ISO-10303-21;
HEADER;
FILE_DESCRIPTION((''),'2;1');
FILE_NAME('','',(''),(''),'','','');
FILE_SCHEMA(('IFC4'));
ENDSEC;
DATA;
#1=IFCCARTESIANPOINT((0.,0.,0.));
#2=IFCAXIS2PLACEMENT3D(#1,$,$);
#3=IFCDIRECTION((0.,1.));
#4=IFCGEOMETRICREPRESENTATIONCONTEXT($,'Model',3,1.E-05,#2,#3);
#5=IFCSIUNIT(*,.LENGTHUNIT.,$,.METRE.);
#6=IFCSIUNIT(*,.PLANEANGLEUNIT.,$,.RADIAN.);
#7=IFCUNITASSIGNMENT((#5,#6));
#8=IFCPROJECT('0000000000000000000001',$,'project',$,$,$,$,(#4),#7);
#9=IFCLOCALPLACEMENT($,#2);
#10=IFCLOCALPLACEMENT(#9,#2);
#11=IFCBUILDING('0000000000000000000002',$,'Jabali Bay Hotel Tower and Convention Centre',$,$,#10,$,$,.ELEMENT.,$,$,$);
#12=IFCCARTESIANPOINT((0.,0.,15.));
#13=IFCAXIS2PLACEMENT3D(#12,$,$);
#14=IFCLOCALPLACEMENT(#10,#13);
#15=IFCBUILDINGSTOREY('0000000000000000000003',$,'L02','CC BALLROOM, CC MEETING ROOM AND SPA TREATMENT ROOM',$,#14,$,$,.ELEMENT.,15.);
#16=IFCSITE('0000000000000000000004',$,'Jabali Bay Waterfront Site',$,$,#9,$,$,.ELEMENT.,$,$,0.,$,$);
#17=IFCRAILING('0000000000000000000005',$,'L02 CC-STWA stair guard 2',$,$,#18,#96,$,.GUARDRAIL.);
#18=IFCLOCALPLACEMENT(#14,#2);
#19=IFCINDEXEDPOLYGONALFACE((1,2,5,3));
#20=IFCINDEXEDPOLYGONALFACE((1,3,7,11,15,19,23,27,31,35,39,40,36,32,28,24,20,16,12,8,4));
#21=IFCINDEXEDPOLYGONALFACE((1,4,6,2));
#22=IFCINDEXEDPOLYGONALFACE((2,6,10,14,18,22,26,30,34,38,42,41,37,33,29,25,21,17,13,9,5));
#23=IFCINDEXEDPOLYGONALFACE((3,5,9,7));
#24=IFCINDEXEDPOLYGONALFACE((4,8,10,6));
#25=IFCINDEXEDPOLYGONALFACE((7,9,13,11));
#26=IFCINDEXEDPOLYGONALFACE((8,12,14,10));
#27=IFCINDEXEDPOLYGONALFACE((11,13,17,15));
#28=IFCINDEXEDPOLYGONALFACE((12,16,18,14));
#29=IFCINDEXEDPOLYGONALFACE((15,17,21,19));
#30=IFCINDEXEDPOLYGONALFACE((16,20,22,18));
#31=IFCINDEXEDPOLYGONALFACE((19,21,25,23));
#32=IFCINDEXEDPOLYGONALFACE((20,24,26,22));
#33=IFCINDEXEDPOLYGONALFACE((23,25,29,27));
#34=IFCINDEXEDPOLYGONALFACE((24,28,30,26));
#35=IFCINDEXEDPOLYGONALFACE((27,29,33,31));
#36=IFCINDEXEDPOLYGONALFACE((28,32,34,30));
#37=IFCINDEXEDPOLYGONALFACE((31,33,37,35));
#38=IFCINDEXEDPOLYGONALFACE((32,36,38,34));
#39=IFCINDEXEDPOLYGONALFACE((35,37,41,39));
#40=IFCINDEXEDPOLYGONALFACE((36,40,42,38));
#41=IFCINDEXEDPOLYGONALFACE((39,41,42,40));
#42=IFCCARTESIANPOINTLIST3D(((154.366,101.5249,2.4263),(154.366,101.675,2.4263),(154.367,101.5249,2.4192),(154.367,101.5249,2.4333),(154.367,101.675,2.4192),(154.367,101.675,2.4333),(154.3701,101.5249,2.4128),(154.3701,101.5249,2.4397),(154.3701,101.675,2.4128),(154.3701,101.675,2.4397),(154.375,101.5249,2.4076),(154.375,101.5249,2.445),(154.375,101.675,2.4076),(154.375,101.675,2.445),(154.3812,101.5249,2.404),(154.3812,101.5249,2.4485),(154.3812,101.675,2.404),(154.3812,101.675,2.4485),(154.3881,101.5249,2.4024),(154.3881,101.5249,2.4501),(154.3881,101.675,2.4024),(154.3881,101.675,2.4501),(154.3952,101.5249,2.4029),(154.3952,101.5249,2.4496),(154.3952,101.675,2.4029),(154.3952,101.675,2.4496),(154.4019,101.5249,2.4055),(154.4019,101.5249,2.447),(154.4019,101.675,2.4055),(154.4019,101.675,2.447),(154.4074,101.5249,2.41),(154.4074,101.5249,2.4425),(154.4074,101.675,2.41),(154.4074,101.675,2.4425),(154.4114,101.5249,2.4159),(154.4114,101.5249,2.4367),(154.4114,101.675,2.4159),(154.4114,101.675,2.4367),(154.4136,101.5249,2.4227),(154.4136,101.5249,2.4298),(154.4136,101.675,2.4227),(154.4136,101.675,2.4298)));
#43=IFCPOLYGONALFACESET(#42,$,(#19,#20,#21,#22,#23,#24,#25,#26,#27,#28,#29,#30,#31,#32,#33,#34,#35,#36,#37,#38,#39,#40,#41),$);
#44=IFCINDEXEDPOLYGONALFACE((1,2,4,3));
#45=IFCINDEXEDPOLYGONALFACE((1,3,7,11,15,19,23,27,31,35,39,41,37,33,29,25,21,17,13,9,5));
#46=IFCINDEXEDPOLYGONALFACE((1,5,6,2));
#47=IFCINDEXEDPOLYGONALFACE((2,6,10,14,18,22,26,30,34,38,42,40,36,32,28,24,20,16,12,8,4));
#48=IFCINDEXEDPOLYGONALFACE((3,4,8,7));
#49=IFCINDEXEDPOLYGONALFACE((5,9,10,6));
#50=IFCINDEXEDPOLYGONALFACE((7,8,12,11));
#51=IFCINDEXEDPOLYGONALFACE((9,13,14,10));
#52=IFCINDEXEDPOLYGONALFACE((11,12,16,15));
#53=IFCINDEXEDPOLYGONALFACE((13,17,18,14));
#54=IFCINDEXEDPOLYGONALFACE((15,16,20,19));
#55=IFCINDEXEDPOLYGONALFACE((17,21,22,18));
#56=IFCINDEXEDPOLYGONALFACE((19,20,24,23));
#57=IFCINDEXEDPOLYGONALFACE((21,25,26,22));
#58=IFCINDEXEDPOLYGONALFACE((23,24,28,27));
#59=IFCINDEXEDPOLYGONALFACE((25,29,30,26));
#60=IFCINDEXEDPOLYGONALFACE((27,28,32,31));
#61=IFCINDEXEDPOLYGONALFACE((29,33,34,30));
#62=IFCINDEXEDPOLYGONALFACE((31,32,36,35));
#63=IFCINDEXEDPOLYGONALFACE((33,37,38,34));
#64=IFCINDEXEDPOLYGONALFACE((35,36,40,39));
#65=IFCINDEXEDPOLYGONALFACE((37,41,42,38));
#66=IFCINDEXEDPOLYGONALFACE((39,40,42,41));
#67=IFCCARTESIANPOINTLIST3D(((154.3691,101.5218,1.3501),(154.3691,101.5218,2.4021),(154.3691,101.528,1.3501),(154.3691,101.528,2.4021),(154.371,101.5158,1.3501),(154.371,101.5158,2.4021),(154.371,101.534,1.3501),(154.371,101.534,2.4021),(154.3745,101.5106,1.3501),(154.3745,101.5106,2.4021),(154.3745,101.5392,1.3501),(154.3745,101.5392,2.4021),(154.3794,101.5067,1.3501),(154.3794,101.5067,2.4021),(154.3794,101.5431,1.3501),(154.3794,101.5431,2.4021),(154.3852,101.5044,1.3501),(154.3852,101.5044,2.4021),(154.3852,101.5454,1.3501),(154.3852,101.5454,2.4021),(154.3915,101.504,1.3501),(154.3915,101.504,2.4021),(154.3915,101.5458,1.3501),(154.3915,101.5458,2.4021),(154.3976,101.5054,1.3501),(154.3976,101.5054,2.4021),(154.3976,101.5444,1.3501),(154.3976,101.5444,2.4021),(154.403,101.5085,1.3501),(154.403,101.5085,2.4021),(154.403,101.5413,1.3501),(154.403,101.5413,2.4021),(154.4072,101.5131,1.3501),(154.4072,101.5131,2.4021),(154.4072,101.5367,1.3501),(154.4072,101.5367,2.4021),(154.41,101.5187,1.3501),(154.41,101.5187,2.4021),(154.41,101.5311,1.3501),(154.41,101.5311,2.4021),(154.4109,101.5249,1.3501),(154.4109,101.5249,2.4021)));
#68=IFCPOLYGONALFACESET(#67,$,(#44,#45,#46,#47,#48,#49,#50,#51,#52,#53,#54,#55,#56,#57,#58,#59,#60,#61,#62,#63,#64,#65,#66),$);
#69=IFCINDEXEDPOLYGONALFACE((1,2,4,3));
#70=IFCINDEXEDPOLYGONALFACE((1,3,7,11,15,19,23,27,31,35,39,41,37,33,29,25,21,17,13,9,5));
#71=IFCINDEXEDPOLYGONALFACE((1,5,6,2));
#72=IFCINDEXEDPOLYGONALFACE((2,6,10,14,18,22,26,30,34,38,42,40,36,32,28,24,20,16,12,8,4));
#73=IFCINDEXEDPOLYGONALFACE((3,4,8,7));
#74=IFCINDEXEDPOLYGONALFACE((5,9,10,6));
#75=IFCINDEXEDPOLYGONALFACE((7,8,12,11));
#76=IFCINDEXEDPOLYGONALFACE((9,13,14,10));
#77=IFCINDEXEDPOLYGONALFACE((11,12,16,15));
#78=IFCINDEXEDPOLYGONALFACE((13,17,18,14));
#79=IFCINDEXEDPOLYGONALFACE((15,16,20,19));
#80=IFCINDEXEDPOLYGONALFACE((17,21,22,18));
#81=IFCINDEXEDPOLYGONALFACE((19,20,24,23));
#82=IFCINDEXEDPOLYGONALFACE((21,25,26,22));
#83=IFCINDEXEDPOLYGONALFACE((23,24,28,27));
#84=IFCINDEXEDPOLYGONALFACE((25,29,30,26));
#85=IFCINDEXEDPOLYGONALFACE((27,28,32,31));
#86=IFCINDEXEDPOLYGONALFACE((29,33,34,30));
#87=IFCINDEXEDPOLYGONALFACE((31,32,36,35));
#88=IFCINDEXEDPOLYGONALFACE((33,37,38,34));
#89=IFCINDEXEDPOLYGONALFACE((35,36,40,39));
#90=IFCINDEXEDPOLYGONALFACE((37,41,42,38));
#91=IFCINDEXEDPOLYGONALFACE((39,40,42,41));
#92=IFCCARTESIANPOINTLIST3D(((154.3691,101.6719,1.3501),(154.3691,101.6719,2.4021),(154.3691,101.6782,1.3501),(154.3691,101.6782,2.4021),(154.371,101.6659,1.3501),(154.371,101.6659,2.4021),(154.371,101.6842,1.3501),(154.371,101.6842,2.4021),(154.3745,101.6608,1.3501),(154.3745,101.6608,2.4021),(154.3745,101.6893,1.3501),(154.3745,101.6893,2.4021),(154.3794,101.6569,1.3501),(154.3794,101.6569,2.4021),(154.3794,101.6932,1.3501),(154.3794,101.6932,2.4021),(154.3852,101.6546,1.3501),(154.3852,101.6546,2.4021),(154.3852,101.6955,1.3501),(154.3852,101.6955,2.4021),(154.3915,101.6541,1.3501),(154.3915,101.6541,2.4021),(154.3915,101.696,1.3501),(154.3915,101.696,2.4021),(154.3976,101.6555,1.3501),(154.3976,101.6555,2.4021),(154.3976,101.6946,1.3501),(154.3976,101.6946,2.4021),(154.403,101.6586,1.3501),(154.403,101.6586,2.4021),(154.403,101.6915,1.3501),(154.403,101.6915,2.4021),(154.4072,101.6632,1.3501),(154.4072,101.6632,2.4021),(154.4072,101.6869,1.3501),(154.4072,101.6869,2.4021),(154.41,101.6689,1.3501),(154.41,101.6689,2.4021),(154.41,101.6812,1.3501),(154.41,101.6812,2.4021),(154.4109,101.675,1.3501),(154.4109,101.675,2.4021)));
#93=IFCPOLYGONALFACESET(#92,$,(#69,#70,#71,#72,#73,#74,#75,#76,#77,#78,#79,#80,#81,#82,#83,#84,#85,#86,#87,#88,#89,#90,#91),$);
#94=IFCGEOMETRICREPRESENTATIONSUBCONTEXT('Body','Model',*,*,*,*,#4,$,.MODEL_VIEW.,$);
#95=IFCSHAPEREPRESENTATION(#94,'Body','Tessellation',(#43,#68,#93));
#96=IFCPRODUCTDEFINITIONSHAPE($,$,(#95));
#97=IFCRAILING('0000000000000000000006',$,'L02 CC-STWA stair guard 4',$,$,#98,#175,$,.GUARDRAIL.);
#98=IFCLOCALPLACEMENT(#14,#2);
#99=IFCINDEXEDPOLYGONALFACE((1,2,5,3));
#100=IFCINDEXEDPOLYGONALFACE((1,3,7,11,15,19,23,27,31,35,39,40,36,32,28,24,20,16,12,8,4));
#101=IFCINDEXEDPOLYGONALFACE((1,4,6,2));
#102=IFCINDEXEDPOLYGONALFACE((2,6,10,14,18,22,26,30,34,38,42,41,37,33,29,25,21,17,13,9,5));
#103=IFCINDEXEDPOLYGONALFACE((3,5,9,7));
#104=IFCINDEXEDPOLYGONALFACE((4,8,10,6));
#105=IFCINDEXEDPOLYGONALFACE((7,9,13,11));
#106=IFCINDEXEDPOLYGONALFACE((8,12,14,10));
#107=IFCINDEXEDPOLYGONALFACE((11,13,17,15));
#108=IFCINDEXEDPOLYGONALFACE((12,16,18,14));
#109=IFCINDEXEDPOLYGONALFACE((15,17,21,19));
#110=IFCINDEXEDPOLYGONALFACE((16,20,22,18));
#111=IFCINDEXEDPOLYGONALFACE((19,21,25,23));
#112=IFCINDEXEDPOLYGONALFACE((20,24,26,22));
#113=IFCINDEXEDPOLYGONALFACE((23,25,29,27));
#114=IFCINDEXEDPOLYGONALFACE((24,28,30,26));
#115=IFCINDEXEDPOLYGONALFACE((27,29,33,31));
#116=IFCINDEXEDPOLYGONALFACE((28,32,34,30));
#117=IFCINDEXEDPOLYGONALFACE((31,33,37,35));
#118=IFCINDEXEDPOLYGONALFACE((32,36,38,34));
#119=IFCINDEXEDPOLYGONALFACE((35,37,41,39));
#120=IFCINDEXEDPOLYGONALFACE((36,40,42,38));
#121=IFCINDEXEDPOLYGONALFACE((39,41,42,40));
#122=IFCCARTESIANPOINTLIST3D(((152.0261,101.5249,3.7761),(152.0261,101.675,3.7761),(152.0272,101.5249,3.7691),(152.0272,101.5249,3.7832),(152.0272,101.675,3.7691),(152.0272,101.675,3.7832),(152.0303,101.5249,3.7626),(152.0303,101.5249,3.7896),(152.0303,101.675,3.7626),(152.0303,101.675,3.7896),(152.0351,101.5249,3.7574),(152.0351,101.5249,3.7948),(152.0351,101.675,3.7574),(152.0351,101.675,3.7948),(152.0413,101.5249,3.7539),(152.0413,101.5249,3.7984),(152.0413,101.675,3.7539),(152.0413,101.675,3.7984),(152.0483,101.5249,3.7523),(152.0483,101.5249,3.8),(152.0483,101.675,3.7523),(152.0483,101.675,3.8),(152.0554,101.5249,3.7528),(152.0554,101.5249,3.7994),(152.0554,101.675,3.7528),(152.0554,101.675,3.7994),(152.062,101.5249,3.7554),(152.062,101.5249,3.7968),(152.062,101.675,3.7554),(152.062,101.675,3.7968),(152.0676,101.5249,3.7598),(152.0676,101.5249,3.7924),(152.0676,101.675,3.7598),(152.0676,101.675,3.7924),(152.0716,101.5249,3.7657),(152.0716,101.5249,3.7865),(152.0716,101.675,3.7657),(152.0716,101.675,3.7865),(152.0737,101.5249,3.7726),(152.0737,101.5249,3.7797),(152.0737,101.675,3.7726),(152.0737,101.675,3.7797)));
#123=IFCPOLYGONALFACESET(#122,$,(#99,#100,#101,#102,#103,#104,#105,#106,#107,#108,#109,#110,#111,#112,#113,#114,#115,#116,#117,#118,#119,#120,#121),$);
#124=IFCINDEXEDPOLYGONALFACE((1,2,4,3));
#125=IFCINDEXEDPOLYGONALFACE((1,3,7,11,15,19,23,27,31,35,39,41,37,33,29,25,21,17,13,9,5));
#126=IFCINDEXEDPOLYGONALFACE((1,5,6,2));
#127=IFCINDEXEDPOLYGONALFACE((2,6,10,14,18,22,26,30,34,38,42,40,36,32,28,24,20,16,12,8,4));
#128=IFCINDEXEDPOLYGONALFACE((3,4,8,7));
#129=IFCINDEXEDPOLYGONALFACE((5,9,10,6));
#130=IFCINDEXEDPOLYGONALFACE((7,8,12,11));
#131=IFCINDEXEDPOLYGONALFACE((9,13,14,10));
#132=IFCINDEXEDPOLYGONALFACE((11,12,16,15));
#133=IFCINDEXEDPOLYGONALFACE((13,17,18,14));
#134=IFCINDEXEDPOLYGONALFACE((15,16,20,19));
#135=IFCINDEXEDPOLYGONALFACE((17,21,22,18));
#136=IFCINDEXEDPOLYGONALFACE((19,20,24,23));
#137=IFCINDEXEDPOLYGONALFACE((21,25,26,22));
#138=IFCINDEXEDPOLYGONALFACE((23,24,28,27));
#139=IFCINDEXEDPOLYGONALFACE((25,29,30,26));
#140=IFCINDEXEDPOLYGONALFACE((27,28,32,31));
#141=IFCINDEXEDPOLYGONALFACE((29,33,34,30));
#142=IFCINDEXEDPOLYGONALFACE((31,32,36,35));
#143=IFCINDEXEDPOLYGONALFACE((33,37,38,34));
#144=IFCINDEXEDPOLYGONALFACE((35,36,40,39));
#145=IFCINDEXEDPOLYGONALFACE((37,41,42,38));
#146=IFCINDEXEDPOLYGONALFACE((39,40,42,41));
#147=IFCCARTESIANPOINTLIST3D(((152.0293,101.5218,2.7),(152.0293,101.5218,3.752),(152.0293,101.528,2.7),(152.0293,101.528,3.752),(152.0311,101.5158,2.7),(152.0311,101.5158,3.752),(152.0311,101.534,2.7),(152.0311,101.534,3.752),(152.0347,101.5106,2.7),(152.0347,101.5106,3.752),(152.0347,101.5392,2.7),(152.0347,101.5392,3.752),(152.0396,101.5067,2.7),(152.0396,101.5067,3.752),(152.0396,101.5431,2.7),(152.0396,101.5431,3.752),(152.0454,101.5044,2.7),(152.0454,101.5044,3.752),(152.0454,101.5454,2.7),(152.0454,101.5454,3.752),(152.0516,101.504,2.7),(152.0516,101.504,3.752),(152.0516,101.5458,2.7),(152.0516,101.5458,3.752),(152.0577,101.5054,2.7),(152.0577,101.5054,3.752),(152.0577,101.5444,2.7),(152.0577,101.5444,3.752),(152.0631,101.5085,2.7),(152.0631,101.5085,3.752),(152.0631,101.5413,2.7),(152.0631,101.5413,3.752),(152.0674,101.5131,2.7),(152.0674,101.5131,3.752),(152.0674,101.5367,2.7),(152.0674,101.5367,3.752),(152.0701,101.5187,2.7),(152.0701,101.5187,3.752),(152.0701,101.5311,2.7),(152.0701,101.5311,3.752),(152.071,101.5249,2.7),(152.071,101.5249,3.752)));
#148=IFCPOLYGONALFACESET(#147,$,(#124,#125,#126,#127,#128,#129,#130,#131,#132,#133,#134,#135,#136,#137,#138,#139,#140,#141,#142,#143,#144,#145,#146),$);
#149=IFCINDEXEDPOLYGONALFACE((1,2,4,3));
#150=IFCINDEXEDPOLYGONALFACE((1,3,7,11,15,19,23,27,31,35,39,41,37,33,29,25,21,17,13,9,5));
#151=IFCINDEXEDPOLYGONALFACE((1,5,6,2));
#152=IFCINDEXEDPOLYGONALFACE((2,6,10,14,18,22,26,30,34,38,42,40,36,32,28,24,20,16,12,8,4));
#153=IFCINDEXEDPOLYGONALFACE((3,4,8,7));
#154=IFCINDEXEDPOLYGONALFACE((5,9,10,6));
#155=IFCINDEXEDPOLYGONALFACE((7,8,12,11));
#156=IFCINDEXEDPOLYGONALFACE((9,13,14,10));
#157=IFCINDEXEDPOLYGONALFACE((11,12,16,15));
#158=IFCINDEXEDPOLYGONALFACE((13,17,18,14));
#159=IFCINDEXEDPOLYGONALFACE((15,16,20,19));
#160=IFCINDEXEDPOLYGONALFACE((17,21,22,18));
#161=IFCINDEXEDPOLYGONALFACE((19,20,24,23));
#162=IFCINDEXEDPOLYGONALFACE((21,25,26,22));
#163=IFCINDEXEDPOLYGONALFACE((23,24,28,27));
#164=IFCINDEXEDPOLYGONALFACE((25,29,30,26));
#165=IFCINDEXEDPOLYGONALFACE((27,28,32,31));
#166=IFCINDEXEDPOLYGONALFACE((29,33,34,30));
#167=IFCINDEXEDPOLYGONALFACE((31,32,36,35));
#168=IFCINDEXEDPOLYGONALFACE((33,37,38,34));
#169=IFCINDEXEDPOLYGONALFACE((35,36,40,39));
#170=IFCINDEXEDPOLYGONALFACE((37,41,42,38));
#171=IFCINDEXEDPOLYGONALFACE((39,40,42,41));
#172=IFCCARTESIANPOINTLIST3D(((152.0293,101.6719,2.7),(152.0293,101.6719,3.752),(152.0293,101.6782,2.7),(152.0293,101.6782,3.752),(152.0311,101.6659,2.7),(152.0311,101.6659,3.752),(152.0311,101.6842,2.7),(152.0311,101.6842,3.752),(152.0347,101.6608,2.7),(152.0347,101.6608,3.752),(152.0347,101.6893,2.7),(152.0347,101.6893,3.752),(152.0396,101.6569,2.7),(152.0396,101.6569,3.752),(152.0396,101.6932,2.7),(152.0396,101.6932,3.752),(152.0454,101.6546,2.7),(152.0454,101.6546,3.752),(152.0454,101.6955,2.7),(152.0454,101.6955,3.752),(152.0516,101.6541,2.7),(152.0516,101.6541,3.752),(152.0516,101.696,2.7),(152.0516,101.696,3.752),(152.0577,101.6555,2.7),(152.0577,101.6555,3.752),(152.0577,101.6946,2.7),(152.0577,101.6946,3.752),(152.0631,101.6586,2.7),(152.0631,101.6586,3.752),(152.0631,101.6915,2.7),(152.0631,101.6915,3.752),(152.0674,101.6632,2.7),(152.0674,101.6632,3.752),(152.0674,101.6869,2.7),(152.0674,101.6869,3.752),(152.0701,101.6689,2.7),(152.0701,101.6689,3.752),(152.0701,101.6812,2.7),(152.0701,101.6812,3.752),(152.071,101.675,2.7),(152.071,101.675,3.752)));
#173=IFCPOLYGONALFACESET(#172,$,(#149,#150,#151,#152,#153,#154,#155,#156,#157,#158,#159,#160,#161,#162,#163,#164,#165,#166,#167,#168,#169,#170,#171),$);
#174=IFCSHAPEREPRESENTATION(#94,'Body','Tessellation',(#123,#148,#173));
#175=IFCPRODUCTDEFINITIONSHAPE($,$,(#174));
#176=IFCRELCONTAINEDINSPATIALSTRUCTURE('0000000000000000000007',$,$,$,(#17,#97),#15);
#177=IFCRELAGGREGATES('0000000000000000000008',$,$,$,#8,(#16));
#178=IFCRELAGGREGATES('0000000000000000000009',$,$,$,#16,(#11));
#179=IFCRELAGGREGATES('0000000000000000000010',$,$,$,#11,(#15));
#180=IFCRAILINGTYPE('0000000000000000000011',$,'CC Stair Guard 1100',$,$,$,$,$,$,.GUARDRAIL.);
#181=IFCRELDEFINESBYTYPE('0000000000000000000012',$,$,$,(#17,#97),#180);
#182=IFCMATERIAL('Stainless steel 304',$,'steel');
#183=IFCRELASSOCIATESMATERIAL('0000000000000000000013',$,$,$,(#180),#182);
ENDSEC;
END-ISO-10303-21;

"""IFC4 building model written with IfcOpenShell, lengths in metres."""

from ifc_helpers import new_model, si_unit, direction, frame, origin, origin_2d, place, context, subcontext, project, spatial, circle, extrude, material, type_object, element, save


model = new_model("IFC4")

# Units and contexts
model_context = context("Model", 3, precision=1e-05, world=origin(), true_north=direction((0.0, 1.0)))
body_context = subcontext(model_context, "Body", "Model", "MODEL_VIEW")
ifc_project = project(units=[si_unit("LENGTHUNIT", "METRE"), si_unit("PLANEANGLEUNIT", "RADIAN")], contexts=[model_context])

# Site, building, storey
site_placement = place(None, origin())
site = spatial("IfcSite", under=ifc_project, at=site_placement, Name="Jabali Bay Waterfront Site", CompositionType="ELEMENT", RefElevation=0.0)
building_placement = place(site_placement, origin())
building = spatial("IfcBuilding", under=site, at=building_placement, Name="Jabali Bay Hotel Tower and Convention Centre", CompositionType="ELEMENT")
storey_placement = place(building_placement, frame((0.0, 0.0, 15.0)))
storey = spatial("IfcBuildingStorey", under=building, at=storey_placement, Name="L02", Description="CC BALLROOM, CC MEETING ROOM AND SPA TREATMENT ROOM", CompositionType="ELEMENT", Elevation=15.0)

# Railings
ifc_material_1 = material(Name="Stainless steel 304", Category="steel")
railing_type_1 = type_object("IfcRailingType", Name="CC Stair Guard 1100", PredefinedType="GUARDRAIL", material=ifc_material_1)
for number, where, name in (
    (1, (154.3899, 101.5249, 1.3501), "L02 CC-STWA stair guard 2"),
    (2, (152.05, 101.5249, 2.7), "L02 CC-STWA stair guard 4"),
):
    element("IfcRailing", number, at=place(storey_placement, frame(where)), inside=storey, type_object=railing_type_1, Name=name, PredefinedType="GUARDRAIL", context=body_context, shape_type="SweptSolid", body=[
        extrude(circle(Radius=0.0239, at=origin_2d()), frame((0.0, 0.0, 1.0762), z_axis=(0.0, 1.0, 0.0), x_axis=(-1.0, 0.0, 0.0)), (0.0, 0.0, 1.0), 0.1501),
        extrude(circle(Radius=0.021, at=origin_2d()), origin(), (0.0, 0.0, 1.0), 1.052),
        extrude(circle(Radius=0.021, at=origin_2d()), frame((0.0, 0.1501, 0.0)), (0.0, 0.0, 1.0), 1.052),
    ])

save(model, "model.ifc")
